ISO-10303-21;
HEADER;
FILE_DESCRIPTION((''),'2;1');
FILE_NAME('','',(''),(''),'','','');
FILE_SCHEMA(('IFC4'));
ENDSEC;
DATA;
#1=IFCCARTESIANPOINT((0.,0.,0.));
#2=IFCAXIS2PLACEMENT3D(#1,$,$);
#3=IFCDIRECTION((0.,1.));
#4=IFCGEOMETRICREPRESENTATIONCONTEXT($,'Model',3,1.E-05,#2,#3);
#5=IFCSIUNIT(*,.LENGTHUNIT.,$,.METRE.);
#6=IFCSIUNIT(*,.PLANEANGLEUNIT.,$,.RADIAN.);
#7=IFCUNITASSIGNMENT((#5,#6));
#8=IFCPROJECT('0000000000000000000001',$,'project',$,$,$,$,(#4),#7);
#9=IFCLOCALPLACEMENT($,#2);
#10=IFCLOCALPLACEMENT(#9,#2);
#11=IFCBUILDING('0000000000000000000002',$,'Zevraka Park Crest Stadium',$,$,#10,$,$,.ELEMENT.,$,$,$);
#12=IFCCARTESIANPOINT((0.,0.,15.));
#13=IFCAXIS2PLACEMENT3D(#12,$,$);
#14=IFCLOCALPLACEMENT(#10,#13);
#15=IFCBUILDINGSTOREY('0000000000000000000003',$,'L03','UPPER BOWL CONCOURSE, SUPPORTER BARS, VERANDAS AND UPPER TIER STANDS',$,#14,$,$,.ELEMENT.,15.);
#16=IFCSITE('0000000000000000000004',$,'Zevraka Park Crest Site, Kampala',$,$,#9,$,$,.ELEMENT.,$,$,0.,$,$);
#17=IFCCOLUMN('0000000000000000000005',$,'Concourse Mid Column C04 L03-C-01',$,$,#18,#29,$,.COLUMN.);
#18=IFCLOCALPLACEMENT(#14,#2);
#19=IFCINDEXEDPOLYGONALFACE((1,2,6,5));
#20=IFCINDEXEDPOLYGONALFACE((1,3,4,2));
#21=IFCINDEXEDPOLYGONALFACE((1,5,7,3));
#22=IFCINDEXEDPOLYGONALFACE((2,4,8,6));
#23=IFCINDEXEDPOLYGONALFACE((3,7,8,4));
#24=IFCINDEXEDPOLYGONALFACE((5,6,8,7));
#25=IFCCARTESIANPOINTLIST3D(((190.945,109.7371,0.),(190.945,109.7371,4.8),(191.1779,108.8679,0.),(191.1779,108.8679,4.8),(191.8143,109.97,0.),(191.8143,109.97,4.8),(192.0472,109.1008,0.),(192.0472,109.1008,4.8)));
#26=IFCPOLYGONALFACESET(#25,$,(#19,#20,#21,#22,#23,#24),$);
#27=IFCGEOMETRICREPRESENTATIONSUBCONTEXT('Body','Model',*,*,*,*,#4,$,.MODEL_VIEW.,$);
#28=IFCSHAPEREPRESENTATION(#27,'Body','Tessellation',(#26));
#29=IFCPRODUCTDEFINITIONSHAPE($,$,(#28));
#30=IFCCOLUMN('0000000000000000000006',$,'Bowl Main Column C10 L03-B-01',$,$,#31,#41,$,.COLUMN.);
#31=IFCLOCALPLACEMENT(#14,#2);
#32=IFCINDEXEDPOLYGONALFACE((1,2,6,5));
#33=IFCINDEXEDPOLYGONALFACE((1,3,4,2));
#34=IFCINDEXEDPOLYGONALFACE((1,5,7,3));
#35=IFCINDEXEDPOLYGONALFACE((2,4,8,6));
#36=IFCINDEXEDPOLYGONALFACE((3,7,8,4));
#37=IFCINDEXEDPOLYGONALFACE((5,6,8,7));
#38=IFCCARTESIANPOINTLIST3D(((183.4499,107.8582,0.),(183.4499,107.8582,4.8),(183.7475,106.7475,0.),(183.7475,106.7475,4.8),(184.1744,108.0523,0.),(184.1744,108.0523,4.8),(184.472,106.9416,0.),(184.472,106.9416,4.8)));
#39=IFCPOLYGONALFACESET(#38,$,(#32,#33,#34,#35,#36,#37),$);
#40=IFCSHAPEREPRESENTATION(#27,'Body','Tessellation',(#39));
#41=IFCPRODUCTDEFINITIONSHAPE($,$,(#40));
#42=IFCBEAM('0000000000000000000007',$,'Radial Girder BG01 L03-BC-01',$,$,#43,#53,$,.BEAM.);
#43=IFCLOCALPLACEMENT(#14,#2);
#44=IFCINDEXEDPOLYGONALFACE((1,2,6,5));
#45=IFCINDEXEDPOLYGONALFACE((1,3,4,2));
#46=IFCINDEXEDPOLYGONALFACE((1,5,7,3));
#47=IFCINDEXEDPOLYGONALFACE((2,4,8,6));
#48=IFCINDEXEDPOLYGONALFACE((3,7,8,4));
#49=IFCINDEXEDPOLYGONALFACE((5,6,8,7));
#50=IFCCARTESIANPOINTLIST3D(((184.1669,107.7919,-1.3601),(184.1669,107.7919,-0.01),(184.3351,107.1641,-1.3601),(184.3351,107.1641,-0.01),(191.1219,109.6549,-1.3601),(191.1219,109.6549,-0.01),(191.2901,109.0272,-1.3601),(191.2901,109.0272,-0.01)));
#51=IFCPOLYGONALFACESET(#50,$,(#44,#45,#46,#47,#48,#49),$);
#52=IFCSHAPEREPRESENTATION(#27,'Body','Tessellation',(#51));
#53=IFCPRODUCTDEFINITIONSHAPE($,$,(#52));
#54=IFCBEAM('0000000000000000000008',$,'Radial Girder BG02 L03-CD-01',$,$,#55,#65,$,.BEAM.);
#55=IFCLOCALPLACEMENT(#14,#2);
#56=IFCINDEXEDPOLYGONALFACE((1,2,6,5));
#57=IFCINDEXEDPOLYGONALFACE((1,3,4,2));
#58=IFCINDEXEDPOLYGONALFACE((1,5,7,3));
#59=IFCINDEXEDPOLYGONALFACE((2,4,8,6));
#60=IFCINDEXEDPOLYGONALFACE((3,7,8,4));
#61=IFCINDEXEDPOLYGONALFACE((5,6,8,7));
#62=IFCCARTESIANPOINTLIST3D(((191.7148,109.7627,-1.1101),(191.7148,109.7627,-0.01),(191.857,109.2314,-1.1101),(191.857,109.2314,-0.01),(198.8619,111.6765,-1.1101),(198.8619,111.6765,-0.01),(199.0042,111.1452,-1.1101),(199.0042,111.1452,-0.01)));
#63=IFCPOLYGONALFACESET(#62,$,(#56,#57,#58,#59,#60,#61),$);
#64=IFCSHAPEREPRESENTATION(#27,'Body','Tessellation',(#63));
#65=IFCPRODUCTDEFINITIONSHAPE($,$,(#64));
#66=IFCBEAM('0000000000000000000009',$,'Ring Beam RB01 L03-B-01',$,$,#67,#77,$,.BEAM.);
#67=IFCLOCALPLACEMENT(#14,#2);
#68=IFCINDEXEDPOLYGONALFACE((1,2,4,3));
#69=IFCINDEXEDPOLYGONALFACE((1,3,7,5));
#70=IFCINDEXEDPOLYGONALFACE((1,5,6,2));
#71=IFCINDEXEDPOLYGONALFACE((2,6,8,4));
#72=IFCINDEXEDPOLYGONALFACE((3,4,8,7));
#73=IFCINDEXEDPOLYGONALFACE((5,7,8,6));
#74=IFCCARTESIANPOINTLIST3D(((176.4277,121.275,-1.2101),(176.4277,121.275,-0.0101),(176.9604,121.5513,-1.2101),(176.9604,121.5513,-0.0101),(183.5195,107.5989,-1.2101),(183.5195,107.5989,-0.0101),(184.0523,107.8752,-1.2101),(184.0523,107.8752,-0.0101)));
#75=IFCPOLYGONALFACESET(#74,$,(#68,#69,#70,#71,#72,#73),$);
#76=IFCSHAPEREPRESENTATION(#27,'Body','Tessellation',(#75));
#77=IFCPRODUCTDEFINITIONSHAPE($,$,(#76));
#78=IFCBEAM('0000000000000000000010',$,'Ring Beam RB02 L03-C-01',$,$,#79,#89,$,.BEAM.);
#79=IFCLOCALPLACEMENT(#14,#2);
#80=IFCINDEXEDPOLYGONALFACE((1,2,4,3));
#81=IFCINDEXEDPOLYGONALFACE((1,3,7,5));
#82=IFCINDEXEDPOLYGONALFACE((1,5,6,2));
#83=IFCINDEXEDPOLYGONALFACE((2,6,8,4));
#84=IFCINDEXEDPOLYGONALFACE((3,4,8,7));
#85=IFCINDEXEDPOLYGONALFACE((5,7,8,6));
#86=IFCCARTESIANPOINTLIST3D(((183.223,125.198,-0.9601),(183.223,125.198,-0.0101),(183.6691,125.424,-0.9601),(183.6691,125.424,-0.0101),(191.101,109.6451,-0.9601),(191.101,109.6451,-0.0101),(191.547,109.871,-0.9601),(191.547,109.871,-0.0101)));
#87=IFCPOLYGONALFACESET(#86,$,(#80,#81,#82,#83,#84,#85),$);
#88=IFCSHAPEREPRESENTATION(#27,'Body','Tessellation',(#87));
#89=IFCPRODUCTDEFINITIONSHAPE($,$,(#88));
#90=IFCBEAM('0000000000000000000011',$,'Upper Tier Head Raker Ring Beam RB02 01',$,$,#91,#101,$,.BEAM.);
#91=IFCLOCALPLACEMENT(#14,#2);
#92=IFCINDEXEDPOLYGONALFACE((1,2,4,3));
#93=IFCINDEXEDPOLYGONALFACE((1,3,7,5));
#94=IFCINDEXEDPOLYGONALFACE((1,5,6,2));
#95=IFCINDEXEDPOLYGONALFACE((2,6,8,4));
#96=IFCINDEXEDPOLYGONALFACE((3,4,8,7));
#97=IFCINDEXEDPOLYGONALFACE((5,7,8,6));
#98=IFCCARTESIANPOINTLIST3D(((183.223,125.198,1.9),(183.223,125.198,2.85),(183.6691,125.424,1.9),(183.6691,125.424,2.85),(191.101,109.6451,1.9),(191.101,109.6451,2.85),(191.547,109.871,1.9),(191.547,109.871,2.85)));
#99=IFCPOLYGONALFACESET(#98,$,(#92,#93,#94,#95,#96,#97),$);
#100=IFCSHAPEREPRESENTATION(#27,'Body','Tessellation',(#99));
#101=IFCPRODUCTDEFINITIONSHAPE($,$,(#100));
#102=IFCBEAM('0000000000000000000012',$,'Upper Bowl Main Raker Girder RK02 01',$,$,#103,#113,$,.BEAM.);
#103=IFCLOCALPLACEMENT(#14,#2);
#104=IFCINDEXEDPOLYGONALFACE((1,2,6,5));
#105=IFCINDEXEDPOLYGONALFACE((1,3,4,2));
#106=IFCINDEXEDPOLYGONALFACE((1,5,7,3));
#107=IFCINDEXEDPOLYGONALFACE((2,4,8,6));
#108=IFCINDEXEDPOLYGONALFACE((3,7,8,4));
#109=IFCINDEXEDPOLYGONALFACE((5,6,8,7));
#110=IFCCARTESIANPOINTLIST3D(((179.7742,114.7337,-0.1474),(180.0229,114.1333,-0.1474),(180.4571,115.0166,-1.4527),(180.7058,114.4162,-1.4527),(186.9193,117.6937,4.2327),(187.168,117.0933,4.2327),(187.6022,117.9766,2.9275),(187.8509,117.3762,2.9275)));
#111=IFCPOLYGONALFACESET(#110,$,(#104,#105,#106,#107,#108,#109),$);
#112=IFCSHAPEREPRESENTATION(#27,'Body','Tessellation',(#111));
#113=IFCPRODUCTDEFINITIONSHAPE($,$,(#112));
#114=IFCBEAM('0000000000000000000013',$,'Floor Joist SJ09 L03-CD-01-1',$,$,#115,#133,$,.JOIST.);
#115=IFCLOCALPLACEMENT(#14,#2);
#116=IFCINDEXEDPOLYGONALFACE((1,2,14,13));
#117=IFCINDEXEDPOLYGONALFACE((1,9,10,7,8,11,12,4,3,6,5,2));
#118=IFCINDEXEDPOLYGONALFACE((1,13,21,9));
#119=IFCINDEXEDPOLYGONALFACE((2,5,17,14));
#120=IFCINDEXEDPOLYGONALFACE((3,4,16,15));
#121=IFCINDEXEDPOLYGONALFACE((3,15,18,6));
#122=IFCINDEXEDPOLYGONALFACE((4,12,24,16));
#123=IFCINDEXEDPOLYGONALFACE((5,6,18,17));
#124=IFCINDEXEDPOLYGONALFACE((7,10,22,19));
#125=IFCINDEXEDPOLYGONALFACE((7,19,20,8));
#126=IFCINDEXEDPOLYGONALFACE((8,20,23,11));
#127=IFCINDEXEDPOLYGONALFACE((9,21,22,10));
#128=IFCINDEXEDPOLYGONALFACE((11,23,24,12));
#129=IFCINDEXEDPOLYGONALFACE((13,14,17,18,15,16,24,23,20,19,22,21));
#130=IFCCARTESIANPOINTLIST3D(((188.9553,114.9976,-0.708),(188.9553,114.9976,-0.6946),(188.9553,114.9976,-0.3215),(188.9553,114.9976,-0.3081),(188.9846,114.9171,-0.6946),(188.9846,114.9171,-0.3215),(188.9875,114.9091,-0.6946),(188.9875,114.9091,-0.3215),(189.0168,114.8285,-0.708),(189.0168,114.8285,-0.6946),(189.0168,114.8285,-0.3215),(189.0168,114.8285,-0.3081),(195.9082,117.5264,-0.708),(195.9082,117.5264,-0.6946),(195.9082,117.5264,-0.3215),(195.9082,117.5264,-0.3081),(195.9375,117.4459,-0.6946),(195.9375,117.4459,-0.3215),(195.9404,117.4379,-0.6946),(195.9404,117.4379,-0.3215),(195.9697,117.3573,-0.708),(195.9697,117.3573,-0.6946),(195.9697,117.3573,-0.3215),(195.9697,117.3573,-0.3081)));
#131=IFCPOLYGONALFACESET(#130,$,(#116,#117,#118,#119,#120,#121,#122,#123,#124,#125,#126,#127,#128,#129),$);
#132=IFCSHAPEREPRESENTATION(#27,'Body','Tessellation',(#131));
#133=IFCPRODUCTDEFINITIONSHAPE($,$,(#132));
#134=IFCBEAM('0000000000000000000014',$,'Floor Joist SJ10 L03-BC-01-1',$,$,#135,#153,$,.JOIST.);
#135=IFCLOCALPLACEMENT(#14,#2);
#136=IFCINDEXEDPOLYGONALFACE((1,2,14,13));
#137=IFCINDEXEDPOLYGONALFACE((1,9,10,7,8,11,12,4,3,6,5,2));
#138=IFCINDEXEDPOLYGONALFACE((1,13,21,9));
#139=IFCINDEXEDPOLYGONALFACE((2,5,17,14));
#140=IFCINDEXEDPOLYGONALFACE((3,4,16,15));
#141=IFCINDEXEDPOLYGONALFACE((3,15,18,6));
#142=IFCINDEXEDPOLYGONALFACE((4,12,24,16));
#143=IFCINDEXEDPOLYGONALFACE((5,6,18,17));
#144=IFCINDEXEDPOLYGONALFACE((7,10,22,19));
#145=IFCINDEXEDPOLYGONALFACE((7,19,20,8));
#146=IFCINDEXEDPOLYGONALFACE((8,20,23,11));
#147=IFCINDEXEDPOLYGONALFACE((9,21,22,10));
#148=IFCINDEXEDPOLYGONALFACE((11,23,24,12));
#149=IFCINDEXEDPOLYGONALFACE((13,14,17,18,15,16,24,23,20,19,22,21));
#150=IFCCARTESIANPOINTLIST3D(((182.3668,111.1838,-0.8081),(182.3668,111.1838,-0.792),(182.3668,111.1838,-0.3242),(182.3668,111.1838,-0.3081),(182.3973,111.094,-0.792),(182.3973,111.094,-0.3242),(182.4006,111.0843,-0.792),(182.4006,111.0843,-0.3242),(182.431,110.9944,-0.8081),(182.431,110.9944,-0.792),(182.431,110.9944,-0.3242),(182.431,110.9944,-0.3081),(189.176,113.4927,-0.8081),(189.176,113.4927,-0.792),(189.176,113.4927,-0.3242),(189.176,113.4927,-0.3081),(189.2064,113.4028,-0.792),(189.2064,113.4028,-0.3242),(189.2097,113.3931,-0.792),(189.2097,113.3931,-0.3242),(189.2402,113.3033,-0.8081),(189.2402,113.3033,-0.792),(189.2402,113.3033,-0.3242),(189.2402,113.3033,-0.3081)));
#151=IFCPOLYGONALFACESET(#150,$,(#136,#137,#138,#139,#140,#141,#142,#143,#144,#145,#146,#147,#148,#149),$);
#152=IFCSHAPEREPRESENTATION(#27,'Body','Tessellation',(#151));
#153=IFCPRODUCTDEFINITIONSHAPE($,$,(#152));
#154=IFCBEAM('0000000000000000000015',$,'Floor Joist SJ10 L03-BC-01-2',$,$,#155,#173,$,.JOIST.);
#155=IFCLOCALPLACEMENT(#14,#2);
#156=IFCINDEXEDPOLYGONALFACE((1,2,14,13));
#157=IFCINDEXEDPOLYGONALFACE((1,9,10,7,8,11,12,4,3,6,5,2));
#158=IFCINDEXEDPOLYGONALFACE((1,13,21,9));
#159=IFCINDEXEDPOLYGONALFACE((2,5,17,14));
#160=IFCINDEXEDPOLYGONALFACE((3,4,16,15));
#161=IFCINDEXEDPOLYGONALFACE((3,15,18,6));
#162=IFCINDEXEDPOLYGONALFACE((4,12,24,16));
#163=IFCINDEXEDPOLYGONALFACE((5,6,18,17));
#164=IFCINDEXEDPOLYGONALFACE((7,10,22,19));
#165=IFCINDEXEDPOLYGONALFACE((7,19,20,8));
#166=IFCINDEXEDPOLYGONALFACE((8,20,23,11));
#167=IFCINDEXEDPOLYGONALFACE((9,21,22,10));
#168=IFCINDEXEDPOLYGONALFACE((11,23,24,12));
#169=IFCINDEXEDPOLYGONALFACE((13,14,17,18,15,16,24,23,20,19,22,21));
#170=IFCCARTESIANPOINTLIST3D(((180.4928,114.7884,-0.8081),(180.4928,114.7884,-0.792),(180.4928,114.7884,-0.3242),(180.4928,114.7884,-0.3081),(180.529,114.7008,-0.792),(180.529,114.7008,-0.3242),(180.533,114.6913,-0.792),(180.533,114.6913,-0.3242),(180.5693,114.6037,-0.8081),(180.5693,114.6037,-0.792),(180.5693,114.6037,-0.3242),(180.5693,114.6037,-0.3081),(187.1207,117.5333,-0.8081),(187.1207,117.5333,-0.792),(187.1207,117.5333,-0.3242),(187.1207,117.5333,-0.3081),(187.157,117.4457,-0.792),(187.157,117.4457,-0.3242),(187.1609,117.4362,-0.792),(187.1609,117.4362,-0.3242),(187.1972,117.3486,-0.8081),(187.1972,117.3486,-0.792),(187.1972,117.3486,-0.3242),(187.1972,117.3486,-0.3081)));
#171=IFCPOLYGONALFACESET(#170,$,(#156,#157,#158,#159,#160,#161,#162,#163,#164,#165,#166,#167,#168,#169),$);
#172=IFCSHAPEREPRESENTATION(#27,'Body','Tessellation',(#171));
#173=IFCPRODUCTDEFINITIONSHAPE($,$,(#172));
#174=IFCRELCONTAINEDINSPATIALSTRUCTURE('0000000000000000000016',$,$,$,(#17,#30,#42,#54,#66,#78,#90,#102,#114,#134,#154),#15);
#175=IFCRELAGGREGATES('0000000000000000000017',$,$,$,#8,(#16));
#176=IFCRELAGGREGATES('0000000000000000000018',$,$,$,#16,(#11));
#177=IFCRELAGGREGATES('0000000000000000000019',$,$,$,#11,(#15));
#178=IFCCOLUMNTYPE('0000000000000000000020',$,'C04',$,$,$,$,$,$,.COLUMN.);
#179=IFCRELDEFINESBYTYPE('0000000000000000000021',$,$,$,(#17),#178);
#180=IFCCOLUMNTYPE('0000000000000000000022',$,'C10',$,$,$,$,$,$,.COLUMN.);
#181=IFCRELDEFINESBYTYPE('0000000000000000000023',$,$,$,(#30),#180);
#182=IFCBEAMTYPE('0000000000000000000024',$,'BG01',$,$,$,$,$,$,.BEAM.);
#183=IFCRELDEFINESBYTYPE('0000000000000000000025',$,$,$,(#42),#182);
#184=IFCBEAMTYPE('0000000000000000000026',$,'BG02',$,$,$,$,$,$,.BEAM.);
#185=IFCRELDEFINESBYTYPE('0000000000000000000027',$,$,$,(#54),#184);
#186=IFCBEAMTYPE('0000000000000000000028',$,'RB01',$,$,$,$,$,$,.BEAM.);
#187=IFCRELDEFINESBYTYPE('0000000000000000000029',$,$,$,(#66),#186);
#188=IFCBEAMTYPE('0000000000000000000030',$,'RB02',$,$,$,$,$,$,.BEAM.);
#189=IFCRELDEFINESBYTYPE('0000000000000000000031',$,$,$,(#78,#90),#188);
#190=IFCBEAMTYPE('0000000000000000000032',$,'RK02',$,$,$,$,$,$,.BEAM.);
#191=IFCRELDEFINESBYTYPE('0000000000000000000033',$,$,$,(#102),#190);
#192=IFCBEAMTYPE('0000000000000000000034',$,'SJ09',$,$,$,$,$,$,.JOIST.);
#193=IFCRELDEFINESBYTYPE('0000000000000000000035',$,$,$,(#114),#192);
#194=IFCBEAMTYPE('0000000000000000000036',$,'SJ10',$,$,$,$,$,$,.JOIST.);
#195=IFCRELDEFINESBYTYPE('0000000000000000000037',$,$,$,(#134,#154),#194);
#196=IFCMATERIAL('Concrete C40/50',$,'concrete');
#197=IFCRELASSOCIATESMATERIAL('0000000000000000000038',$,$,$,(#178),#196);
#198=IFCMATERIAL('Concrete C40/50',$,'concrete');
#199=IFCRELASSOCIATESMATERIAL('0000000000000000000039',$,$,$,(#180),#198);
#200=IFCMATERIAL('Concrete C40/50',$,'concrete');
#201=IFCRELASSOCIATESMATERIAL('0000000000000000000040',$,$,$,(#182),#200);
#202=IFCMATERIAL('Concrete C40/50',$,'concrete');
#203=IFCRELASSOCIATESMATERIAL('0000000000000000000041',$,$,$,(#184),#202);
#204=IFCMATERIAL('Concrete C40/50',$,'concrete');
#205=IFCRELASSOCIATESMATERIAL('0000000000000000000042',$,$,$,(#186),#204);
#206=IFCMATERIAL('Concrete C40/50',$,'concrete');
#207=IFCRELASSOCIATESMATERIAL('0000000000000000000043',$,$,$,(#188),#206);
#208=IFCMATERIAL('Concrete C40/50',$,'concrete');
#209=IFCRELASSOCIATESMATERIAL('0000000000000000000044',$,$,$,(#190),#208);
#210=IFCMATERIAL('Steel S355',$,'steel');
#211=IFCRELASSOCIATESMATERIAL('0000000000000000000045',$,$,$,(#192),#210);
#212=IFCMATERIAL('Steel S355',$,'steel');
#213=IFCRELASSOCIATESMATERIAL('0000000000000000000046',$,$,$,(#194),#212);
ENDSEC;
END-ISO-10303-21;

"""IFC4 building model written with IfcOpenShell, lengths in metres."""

from ifc_helpers import new_model, si_unit, direction, frame, origin, origin_2d, place, context, subcontext, project, spatial, rectangle, i_section, extrude, material, material_profile, profile_set, type_object, element, save


model = new_model("IFC4")

# Units and contexts
model_context = context("Model", 3, precision=1e-05, world=origin(), true_north=direction((0.0, 1.0)))
body_context = subcontext(model_context, "Body", "Model", "MODEL_VIEW")
ifc_project = project(units=[si_unit("LENGTHUNIT", "METRE"), si_unit("PLANEANGLEUNIT", "RADIAN")], contexts=[model_context])

# Site, building, storey
site_placement = place(None, origin())
site = spatial("IfcSite", under=ifc_project, at=site_placement, Name="Zevraka Park Crest Site, Kampala", CompositionType="ELEMENT", RefElevation=0.0)
building_placement = place(site_placement, origin())
building = spatial("IfcBuilding", under=site, at=building_placement, Name="Zevraka Park Crest Stadium", CompositionType="ELEMENT")
storey_placement = place(building_placement, frame((0.0, 0.0, 15.0)))
storey = spatial("IfcBuildingStorey", under=building, at=storey_placement, Name="L03", Description="UPPER BOWL CONCOURSE, SUPPORTER BARS, VERANDAS AND UPPER TIER STANDS", CompositionType="ELEMENT", Elevation=15.0)

# Columns
ifc_material_1 = material(Name="Concrete C40/50", Category="concrete")
ifc_material_profile_1 = material_profile(ifc_material_1, rectangle(XDim=0.8999, YDim=0.8999, at=origin_2d()), Name="RC 900x900")
ifc_profile_set_1 = profile_set([ifc_material_profile_1], Name="Concrete C40/50")
column_type_1 = type_object("IfcColumnType", Name="C04", PredefinedType="COLUMN", material=ifc_profile_set_1)
column_1_placement = place(storey_placement, frame((191.4961, 109.4189, 0.0), z_axis=(0.0, 0.0, 1.0), x_axis=(0.965926, 0.258819, 0.0)))
element("IfcColumn", 1, at=column_1_placement, inside=storey, type_object=column_type_1, Name="Concourse Mid Column C04 L03-C-01", PredefinedType="COLUMN", context=body_context, shape_type="SweptSolid", body=[
    extrude(rectangle(XDim=0.8999, YDim=0.8999, at=origin_2d()), origin(), (0.0, 0.0, 1.0), 4.8),
])
ifc_material_2 = material(Name="Concrete C40/50", Category="concrete")
ifc_material_profile_2 = material_profile(ifc_material_2, rectangle(XDim=0.75, YDim=1.1499, at=origin_2d()), Name="RC 1150x750")
ifc_profile_set_2 = profile_set([ifc_material_profile_2], Name="Concrete C40/50")
column_type_2 = type_object("IfcColumnType", Name="C10", PredefinedType="COLUMN", material=ifc_profile_set_2)
column_2_placement = place(storey_placement, frame((183.9609, 107.3999, 0.0), z_axis=(0.0, 0.0, 1.0), x_axis=(0.965926, 0.258819, 0.0)))
element("IfcColumn", 2, at=column_2_placement, inside=storey, type_object=column_type_2, Name="Bowl Main Column C10 L03-B-01", PredefinedType="COLUMN", context=body_context, shape_type="SweptSolid", body=[
    extrude(rectangle(XDim=0.75, YDim=1.1499, at=origin_2d()), origin(), (0.0, 0.0, 1.0), 4.8),
])

# Beams
ifc_material_3 = material(Name="Concrete C40/50", Category="concrete")
ifc_material_profile_3 = material_profile(ifc_material_3, rectangle(XDim=0.6499, YDim=1.3501, at=origin_2d()), Name="RC 1350x650")
ifc_profile_set_3 = profile_set([ifc_material_profile_3], Name="Concrete C40/50")
beam_type_1 = type_object("IfcBeamType", Name="BG01", PredefinedType="BEAM", material=ifc_profile_set_3)
beam_1_placement = place(storey_placement, frame((184.251, 107.478, -0.6851), z_axis=(0.965946, 0.258745, 0.0), x_axis=(-0.258745, 0.965946, 0.0)))
element("IfcBeam", 3, at=beam_1_placement, inside=storey, type_object=beam_type_1, Name="Radial Girder BG01 L03-BC-01", PredefinedType="BEAM", context=body_context, shape_type="SweptSolid", body=[
    extrude(rectangle(XDim=0.6499, YDim=1.3501, at=origin_2d()), origin(), (0.0, 0.0, 1.0), 7.2002),
])
ifc_material_4 = material(Name="Concrete C40/50", Category="concrete")
ifc_material_profile_4 = material_profile(ifc_material_4, rectangle(XDim=0.55, YDim=1.1001, at=origin_2d()), Name="RC 1100x550")
ifc_profile_set_4 = profile_set([ifc_material_profile_4], Name="Concrete C40/50")
beam_type_2 = type_object("IfcBeamType", Name="BG02", PredefinedType="BEAM", material=ifc_profile_set_4)
beam_2_placement = place(storey_placement, frame((191.7859, 109.4971, -0.5601), z_axis=(0.965969, 0.258659, 0.0), x_axis=(-0.258659, 0.965969, 0.0)))
element("IfcBeam", 4, at=beam_2_placement, inside=storey, type_object=beam_type_2, Name="Radial Girder BG02 L03-CD-01", PredefinedType="BEAM", context=body_context, shape_type="SweptSolid", body=[
    extrude(rectangle(XDim=0.55, YDim=1.1001, at=origin_2d()), origin(), (0.0, 0.0, 1.0), 7.3989),
])
ifc_material_5 = material(Name="Concrete C40/50", Category="concrete")
ifc_material_profile_5 = material_profile(ifc_material_5, rectangle(XDim=0.6001, YDim=1.2, at=origin_2d()), Name="RC 1200x600")
ifc_profile_set_5 = profile_set([ifc_material_profile_5], Name="Concrete C40/50")
beam_type_3 = type_object("IfcBeamType", Name="RB01", PredefinedType="BEAM", material=ifc_profile_set_5)
beam_3_placement = place(storey_placement, frame((183.7859, 107.7371, -0.6101), z_axis=(-0.460344, 0.887741, 0.0), x_axis=(-0.887741, -0.460344, 0.0)))
element("IfcBeam", 5, at=beam_3_placement, inside=storey, type_object=beam_type_3, Name="Ring Beam RB01 L03-B-01", PredefinedType="BEAM", context=body_context, shape_type="SweptSolid", body=[
    extrude(rectangle(XDim=0.6001, YDim=1.2, at=origin_2d()), origin(), (0.0, 0.0, 1.0), 15.4055),
])
ifc_material_6 = material(Name="Concrete C40/50", Category="concrete")
ifc_material_profile_6 = material_profile(ifc_material_6, rectangle(XDim=0.5, YDim=0.95, at=origin_2d()), Name="RC 950x500")
ifc_profile_set_6 = profile_set([ifc_material_profile_6], Name="Concrete C40/50")
beam_type_4 = type_object("IfcBeamType", Name="RB02", PredefinedType="BEAM", material=ifc_profile_set_6)
for number, where, z_axis, x_axis, name in (
    (6, (191.324, 109.7581, -0.4851), (-0.451862, 0.892088, 0.0), (-0.892088, -0.451862, 0.0), "Ring Beam RB02 L03-C-01"),
    (7, (191.324, 109.7581, 2.375), (-0.451862, 0.892088, 0.0), (-0.892088, -0.451862, 0.0), "Upper Tier Head Raker Ring Beam RB02 01"),
):
    element("IfcBeam", number, at=place(storey_placement, frame(where, z_axis=z_axis, x_axis=x_axis)), inside=storey, type_object=beam_type_4, Name=name, PredefinedType="BEAM", context=body_context, shape_type="SweptSolid", body=[
        extrude(rectangle(XDim=0.5, YDim=0.95, at=origin_2d()), origin(), (0.0, 0.0, 1.0), 17.4343),
    ])
ifc_material_7 = material(Name="Concrete C40/50", Category="concrete")
ifc_material_profile_7 = material_profile(ifc_material_7, rectangle(XDim=0.6499, YDim=1.5, at=origin_2d()), Name="RC 1500x650")
ifc_profile_set_7 = profile_set([ifc_material_profile_7], Name="Concrete C40/50")
beam_type_5 = type_object("IfcBeamType", Name="RK02", PredefinedType="BEAM", material=ifc_profile_set_7)
beam_4_placement = place(storey_placement, frame((180.24, 114.575, -0.8), z_axis=(0.803887, 0.333025, 0.492808), x_axis=(-0.382727, 0.923861, 0.0)))
element("IfcBeam", 8, at=beam_4_placement, inside=storey, type_object=beam_type_5, Name="Upper Bowl Main Raker Girder RK02 01", PredefinedType="BEAM", context=body_context, shape_type="SweptSolid", body=[
    extrude(rectangle(XDim=0.6499, YDim=1.5, at=origin_2d()), origin(), (0.0, 0.0, 1.0), 8.8882),
])
ifc_material_8 = material(Name="Steel S355", Category="steel")
ifc_material_profile_8 = material_profile(ifc_material_8, i_section(OverallWidth=0.1799, OverallDepth=0.3999, WebThickness=0.0085, FlangeThickness=0.0134, at=origin_2d()), Name="IPE 400")
ifc_profile_set_8 = profile_set([ifc_material_profile_8], Name="Steel S355")
beam_type_6 = type_object("IfcBeamType", Name="SJ09", PredefinedType="JOIST", material=ifc_profile_set_8)
beam_5_placement = place(storey_placement, frame((188.9861, 114.9131, -0.5081), z_axis=(0.939772, 0.341801, 0.0), x_axis=(-0.341801, 0.939772, 0.0)))
element("IfcBeam", 9, at=beam_5_placement, inside=storey, type_object=beam_type_6, Name="Floor Joist SJ09 L03-CD-01-1", PredefinedType="JOIST", context=body_context, shape_type="SweptSolid", body=[
    extrude(i_section(OverallWidth=0.1799, OverallDepth=0.3999, WebThickness=0.0085, FlangeThickness=0.0134, at=origin_2d()), origin(), (0.0, 0.0, 1.0), 7.3984),
])
ifc_material_9 = material(Name="Steel S355", Category="steel")
ifc_material_profile_9 = material_profile(ifc_material_9, i_section(OverallWidth=0.2, OverallDepth=0.5, WebThickness=0.0103, FlangeThickness=0.0161, at=origin_2d()), Name="IPE 500")
ifc_profile_set_9 = profile_set([ifc_material_profile_9], Name="Steel S355")
beam_type_7 = type_object("IfcBeamType", Name="SJ10", PredefinedType="JOIST", material=ifc_profile_set_9)
beam_6_placement = place(storey_placement, frame((182.3989, 111.0891, -0.5581), z_axis=(0.947037, 0.321123, 0.0), x_axis=(-0.321123, 0.947037, 0.0)))
element("IfcBeam", 10, at=beam_6_placement, inside=storey, type_object=beam_type_7, Name="Floor Joist SJ10 L03-BC-01-1", PredefinedType="JOIST", context=body_context, shape_type="SweptSolid", body=[
    extrude(i_section(OverallWidth=0.2, OverallDepth=0.5, WebThickness=0.0103, FlangeThickness=0.0161, at=origin_2d()), origin(), (0.0, 0.0, 1.0), 7.1899),
])
beam_7_placement = place(storey_placement, frame((180.531, 114.696, -0.5581), z_axis=(0.923904, 0.382623, 0.0), x_axis=(-0.382623, 0.923904, 0.0)))
element("IfcBeam", 11, at=beam_7_placement, inside=storey, type_object=beam_type_7, Name="Floor Joist SJ10 L03-BC-01-2", PredefinedType="JOIST", context=body_context, shape_type="SweptSolid", body=[
    extrude(i_section(OverallWidth=0.2, OverallDepth=0.5, WebThickness=0.0103, FlangeThickness=0.0161, at=origin_2d()), origin(), (0.0, 0.0, 1.0), 7.1738),
])

save(model, "model.ifc")
